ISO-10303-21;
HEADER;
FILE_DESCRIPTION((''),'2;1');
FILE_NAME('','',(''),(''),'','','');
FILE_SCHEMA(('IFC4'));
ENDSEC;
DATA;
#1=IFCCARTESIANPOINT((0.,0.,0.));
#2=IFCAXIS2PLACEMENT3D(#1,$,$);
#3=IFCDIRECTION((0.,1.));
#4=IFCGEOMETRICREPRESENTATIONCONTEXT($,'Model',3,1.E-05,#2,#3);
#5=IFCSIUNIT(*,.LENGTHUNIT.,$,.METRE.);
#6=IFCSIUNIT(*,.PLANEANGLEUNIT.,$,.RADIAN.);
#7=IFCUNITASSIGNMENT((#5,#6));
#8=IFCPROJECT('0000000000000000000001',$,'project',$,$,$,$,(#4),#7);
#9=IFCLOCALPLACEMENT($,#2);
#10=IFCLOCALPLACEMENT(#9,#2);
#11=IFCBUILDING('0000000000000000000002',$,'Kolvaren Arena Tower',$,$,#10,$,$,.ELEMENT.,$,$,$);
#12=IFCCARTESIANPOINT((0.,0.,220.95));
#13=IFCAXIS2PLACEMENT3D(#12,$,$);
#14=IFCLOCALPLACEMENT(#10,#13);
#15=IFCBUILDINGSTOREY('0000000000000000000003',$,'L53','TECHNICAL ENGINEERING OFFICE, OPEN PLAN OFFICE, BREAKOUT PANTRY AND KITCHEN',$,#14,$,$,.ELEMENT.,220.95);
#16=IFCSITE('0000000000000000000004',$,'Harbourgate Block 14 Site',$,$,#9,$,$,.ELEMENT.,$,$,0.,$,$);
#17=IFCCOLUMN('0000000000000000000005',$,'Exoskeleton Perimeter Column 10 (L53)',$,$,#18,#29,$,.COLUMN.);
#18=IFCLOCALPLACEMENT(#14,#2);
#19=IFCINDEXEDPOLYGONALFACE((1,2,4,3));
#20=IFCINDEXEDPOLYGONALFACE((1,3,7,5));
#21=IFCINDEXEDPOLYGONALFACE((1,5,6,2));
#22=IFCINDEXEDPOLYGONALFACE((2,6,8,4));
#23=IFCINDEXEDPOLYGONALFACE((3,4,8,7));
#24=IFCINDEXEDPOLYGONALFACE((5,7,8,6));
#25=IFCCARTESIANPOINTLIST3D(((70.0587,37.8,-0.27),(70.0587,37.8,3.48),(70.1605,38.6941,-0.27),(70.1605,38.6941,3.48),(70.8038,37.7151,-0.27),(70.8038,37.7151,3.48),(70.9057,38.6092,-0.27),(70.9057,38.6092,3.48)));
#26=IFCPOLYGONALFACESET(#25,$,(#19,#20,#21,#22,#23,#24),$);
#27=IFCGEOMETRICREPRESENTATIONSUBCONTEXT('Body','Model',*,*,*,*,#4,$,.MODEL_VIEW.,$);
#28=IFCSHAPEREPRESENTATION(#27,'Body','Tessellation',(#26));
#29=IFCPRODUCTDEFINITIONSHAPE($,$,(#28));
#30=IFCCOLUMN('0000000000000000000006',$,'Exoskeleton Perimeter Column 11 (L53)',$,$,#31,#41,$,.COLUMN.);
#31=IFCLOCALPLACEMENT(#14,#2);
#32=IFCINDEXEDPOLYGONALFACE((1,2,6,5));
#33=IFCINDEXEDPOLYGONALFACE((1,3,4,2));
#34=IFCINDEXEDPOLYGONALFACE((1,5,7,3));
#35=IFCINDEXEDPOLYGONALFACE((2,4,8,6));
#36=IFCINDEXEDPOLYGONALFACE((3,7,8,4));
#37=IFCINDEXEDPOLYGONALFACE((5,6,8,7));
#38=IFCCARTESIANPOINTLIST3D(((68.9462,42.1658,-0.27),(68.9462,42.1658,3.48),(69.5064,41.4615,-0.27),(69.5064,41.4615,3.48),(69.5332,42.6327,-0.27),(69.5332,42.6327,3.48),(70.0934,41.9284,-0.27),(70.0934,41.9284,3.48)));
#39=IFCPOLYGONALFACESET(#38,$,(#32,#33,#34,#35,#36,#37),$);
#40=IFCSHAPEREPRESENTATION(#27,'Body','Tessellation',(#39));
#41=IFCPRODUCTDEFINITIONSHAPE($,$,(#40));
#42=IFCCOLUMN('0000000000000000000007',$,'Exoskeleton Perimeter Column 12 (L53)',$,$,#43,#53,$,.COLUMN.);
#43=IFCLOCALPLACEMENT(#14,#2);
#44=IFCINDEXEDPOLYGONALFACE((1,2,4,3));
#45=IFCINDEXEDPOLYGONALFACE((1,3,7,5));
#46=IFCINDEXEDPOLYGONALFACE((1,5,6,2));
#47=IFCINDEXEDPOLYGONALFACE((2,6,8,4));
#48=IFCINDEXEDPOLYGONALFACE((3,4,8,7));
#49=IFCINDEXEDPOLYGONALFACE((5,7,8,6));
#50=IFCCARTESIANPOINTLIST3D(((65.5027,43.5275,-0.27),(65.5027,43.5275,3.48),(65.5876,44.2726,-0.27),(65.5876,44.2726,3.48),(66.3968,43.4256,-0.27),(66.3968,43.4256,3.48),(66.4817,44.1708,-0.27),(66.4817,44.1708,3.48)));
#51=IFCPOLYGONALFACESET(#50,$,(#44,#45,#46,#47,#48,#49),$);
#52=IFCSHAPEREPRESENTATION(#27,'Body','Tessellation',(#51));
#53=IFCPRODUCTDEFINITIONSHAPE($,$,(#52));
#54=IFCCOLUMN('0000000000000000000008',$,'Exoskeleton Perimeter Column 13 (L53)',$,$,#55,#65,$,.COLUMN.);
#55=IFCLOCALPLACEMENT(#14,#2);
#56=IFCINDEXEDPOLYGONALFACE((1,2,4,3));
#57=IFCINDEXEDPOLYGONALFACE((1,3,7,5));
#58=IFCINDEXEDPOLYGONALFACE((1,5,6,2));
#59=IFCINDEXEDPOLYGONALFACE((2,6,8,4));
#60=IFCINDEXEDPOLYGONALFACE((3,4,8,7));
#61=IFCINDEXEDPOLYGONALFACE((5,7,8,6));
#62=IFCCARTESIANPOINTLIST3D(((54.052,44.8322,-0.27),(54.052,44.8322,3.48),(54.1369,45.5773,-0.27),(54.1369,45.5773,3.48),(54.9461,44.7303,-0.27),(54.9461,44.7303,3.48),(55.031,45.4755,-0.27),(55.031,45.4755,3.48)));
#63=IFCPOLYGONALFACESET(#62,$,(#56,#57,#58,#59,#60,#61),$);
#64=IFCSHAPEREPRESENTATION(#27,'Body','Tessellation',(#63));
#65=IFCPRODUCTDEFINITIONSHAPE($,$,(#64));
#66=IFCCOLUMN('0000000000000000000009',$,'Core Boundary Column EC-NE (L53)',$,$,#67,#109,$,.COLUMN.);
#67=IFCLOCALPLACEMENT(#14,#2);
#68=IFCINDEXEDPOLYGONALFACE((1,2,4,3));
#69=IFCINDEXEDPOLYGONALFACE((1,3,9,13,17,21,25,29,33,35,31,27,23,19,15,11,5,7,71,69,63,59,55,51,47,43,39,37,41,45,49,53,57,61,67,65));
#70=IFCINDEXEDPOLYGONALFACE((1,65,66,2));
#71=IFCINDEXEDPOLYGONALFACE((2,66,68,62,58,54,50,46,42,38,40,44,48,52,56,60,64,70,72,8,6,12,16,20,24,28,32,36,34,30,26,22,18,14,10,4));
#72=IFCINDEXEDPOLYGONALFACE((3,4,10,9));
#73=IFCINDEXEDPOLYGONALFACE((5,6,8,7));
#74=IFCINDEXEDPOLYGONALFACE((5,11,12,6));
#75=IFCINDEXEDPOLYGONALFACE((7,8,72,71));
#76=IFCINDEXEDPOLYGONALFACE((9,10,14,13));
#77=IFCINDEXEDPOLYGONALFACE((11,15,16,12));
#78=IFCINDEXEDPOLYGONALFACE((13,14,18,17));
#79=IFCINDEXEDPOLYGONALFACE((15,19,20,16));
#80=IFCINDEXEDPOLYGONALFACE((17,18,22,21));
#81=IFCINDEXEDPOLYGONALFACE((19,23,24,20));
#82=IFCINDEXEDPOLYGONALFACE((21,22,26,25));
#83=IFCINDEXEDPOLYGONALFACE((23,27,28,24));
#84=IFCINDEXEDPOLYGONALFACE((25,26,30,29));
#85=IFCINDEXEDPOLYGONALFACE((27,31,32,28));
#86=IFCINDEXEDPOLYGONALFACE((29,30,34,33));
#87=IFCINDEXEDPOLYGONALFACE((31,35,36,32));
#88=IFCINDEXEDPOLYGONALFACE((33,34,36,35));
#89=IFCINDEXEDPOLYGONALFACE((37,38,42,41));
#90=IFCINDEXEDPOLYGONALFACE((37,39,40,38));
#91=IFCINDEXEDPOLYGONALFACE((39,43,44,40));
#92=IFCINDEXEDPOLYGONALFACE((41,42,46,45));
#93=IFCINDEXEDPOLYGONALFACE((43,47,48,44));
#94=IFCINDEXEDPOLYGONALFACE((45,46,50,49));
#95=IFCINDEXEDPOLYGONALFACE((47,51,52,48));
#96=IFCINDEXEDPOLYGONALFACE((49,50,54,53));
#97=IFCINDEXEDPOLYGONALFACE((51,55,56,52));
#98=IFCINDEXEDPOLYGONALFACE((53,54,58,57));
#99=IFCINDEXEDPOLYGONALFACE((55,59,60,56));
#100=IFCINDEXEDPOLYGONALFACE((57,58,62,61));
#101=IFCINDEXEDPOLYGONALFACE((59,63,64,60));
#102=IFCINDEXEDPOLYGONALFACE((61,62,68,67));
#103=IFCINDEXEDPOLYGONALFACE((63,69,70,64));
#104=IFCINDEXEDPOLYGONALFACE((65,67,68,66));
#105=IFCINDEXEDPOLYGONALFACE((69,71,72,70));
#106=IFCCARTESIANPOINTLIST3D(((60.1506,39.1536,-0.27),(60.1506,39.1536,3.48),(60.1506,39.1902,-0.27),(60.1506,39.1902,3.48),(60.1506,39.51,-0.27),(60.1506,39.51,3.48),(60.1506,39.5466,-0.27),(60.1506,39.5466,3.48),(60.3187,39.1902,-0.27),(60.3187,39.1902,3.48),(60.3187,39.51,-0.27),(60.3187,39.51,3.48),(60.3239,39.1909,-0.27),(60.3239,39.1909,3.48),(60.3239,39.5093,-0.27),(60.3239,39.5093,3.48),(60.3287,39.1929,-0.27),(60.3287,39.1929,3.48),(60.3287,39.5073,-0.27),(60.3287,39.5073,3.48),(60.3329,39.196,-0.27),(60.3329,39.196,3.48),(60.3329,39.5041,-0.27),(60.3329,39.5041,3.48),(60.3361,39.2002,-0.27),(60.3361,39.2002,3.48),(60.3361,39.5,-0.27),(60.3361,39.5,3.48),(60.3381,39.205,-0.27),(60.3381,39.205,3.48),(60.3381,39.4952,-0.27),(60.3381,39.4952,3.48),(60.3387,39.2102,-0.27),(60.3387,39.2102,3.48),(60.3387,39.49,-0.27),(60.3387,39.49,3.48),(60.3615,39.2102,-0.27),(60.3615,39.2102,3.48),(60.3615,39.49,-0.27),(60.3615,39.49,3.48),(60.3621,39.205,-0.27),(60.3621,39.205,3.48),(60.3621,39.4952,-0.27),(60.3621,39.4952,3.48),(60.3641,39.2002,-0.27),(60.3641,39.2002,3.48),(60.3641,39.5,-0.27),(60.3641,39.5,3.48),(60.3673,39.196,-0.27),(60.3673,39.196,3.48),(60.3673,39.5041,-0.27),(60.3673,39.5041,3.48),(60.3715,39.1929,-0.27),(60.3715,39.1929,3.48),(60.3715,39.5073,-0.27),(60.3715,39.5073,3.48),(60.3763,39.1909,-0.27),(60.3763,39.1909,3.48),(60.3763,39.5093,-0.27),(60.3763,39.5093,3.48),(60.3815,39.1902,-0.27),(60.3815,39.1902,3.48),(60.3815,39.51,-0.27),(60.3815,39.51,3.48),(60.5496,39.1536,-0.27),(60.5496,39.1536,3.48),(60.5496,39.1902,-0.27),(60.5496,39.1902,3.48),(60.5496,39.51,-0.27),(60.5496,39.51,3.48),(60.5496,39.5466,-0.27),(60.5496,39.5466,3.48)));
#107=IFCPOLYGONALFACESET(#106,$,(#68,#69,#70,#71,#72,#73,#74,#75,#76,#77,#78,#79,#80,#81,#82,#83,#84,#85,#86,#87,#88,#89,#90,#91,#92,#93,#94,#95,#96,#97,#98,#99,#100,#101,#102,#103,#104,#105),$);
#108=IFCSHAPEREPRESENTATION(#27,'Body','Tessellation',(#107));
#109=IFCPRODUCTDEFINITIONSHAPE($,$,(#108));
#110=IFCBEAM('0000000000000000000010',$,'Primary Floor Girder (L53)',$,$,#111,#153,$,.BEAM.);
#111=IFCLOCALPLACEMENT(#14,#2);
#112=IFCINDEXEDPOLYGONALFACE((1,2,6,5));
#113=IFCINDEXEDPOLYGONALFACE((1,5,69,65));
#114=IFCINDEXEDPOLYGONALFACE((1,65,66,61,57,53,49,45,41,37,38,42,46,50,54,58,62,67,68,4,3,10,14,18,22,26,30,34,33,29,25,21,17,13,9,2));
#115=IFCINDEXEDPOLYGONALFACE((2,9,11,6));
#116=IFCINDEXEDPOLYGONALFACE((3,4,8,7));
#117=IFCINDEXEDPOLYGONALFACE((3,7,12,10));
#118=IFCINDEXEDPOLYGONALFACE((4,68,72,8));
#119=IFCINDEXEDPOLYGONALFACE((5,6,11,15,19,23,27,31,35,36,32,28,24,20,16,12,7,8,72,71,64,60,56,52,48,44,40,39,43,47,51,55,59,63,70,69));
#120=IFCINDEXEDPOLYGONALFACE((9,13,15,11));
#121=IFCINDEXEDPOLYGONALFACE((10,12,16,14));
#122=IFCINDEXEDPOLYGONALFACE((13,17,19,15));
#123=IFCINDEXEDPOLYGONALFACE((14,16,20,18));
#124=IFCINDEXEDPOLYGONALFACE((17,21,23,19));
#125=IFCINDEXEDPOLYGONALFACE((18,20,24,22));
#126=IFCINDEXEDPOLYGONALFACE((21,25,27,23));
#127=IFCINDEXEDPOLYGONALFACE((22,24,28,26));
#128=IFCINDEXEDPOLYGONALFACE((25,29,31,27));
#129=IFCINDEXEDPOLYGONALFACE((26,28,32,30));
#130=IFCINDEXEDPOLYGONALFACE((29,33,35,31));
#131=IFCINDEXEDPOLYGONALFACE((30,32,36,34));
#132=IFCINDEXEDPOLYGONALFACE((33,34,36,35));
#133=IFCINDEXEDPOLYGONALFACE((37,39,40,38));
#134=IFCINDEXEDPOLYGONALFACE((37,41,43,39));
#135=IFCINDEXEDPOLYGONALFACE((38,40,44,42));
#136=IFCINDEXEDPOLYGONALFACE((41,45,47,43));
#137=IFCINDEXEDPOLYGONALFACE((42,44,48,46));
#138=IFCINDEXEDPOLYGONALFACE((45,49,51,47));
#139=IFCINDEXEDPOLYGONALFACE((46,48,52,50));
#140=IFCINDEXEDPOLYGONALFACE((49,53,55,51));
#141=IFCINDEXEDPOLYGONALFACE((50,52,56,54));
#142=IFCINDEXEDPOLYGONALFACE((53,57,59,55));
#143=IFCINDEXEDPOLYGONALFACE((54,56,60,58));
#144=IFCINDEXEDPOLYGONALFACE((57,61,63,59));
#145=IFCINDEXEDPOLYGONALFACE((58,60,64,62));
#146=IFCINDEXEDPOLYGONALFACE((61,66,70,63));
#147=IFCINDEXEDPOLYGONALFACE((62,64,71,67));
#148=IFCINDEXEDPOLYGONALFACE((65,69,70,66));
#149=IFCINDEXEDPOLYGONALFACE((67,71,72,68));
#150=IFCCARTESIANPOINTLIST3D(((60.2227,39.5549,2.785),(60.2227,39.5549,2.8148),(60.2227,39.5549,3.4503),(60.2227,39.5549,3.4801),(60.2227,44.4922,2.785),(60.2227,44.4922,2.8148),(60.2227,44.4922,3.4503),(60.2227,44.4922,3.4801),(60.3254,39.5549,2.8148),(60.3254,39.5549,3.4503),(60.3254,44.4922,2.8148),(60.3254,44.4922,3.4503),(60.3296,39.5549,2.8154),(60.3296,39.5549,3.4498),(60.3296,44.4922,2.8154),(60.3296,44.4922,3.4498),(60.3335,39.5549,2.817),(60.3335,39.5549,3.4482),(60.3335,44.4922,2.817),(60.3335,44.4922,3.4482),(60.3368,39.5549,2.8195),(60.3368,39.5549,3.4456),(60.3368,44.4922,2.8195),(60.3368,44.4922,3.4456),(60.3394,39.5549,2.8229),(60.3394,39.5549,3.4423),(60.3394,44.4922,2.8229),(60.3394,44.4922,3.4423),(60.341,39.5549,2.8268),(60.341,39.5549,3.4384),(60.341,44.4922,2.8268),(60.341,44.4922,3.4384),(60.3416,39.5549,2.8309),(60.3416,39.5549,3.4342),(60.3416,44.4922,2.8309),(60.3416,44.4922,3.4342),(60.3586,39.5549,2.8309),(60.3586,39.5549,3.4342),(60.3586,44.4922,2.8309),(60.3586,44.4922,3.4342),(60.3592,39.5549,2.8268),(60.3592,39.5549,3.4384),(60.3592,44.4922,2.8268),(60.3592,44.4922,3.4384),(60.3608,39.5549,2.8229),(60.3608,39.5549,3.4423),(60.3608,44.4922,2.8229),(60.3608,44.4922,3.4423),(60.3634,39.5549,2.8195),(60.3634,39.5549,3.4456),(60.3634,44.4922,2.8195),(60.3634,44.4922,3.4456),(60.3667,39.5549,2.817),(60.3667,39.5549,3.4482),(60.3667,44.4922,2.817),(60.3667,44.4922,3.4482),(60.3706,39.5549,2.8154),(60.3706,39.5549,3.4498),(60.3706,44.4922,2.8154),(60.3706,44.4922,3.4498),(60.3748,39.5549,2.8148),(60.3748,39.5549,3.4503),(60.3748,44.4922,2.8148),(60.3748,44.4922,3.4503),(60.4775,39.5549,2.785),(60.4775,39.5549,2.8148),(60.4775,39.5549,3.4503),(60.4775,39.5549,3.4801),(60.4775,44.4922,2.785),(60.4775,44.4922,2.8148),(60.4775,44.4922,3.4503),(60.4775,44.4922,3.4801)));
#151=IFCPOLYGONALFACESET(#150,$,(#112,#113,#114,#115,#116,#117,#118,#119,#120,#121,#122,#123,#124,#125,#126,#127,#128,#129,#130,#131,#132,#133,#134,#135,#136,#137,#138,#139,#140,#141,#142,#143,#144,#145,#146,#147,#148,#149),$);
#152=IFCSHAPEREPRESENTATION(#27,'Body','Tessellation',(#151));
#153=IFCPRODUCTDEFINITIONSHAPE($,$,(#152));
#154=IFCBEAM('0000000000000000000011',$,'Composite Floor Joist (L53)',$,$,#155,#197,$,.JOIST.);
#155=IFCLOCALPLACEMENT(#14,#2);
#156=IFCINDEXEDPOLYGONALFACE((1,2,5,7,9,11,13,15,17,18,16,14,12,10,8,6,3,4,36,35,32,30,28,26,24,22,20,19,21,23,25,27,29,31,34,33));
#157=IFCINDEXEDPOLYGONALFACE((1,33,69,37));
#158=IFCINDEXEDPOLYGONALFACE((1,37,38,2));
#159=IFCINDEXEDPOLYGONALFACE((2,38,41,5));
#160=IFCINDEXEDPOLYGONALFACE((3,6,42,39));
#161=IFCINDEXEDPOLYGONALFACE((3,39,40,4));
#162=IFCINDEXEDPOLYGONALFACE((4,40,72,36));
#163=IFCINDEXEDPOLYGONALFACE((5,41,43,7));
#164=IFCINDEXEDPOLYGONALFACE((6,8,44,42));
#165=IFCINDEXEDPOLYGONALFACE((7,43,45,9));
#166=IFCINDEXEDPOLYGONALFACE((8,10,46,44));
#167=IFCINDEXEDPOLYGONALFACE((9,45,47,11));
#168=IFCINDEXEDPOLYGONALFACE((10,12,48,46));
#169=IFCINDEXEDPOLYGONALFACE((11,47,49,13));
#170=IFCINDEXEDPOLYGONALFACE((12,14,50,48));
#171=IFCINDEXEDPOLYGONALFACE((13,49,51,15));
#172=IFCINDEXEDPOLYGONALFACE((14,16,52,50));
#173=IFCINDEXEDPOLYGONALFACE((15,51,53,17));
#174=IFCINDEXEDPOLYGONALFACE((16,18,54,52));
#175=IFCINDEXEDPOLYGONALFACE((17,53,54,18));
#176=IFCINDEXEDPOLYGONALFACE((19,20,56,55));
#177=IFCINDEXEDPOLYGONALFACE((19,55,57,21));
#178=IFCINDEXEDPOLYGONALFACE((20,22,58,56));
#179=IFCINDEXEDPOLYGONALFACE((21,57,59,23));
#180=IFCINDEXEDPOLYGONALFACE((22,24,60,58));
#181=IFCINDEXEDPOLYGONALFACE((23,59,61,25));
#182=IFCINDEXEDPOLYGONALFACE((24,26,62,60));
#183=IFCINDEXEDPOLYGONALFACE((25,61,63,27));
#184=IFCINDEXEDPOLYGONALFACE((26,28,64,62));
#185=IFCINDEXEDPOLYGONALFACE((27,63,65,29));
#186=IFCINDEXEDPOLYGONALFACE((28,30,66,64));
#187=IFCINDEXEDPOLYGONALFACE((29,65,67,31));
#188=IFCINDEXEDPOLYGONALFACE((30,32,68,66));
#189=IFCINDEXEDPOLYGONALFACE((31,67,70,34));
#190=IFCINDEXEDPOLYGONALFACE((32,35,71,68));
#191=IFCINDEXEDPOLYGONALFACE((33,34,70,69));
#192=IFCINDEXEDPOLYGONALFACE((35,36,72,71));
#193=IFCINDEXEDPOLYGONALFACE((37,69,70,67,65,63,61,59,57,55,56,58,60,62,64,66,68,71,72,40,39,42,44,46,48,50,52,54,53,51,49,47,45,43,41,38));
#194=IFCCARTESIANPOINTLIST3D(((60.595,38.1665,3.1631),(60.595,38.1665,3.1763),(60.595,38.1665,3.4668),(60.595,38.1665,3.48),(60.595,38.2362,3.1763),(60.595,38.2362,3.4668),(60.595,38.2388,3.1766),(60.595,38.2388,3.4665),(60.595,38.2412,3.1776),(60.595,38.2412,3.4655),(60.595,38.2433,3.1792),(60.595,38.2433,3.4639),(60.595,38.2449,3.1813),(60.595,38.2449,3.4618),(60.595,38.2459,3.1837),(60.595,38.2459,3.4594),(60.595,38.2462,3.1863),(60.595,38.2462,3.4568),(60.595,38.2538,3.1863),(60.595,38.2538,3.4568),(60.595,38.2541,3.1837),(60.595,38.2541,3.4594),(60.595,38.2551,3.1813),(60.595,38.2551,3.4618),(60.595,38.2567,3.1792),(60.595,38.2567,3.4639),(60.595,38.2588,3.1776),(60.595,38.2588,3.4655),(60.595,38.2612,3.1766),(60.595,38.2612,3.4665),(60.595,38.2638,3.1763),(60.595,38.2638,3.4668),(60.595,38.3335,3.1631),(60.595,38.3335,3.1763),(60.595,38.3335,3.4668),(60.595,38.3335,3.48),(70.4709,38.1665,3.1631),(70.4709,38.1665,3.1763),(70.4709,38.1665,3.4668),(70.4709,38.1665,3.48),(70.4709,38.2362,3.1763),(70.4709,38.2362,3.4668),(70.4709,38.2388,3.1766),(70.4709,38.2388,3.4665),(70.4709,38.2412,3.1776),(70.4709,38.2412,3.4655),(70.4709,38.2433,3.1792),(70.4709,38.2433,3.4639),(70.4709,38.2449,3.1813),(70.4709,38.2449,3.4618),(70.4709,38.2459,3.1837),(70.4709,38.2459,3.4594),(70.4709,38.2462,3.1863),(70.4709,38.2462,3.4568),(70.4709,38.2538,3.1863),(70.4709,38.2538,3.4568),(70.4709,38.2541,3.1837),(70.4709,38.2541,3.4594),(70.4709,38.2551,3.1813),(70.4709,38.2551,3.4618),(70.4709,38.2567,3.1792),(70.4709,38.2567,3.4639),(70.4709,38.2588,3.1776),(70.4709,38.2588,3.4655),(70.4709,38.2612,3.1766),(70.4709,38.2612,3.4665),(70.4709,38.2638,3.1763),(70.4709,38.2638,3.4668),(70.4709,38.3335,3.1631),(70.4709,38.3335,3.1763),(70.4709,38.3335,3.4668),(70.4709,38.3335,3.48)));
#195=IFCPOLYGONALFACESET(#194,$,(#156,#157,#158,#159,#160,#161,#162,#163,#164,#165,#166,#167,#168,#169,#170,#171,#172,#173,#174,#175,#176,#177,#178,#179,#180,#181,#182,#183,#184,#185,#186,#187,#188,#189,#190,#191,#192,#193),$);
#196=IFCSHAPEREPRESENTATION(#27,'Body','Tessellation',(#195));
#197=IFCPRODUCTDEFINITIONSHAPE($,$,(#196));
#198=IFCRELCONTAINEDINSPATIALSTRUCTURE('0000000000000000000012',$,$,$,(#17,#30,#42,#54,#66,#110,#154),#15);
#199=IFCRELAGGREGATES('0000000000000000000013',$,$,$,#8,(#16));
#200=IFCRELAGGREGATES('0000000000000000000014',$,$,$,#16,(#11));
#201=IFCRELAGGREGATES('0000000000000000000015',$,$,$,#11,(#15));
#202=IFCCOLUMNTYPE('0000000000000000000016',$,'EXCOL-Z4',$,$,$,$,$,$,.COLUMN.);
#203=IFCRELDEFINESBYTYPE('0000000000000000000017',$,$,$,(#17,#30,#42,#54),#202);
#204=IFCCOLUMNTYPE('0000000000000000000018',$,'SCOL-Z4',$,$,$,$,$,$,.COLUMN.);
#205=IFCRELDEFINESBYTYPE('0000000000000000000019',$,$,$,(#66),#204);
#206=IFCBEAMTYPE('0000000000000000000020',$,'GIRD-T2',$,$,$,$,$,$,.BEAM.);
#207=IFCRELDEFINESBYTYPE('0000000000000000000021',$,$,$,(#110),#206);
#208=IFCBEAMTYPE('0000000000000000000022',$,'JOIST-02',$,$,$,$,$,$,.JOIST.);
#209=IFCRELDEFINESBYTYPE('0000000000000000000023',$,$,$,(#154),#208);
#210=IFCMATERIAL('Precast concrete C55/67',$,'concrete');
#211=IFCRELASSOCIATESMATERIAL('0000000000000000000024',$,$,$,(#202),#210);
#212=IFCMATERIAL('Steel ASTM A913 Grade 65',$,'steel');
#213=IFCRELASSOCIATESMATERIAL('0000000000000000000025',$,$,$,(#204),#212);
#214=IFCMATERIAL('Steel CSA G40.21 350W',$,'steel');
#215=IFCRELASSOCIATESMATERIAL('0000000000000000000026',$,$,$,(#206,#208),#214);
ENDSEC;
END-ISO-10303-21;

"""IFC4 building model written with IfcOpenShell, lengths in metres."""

from ifc_helpers import new_model, si_unit, direction, frame, origin, origin_2d, place, context, subcontext, project, spatial, rectangle, i_section, extrude, material, material_profile, profile_set, type_object, element, save


model = new_model("IFC4")

# Units and contexts
model_context = context("Model", 3, precision=1e-05, world=origin(), true_north=direction((0.0, 1.0)))
body_context = subcontext(model_context, "Body", "Model", "MODEL_VIEW")
ifc_project = project(units=[si_unit("LENGTHUNIT", "METRE"), si_unit("PLANEANGLEUNIT", "RADIAN")], contexts=[model_context])

# Site, building, storey
site_placement = place(None, origin())
site = spatial("IfcSite", under=ifc_project, at=site_placement, Name="Harbourgate Block 14 Site", CompositionType="ELEMENT", RefElevation=0.0)
building_placement = place(site_placement, origin())
building = spatial("IfcBuilding", under=site, at=building_placement, Name="Kolvaren Arena Tower", CompositionType="ELEMENT")
storey_placement = place(building_placement, frame((0.0, 0.0, 220.95)))
storey = spatial("IfcBuildingStorey", under=building, at=storey_placement, Name="L53", Description="TECHNICAL ENGINEERING OFFICE, OPEN PLAN OFFICE, BREAKOUT PANTRY AND KITCHEN", CompositionType="ELEMENT", Elevation=220.95)

# Columns
ifc_material_1 = material(Name="Precast concrete C55/67", Category="concrete")
ifc_material_profile_1 = material_profile(ifc_material_1, rectangle(XDim=0.8999, YDim=0.75, at=origin_2d()), Name="RC-900x750")
ifc_profile_set_1 = profile_set([ifc_material_profile_1], Name="Precast concrete C55/67")
column_type_1 = type_object("IfcColumnType", Name="EXCOL-Z4", PredefinedType="COLUMN", material=ifc_profile_set_1)
for number, where, z_axis, x_axis, name in (
    (1, (70.4822, 38.2046, -0.27), (0.0, 0.0, 1.0), (0.113203, 0.993572, 0.0), "Exoskeleton Perimeter Column 10 (L53)"),
    (2, (69.5198, 42.0471, -0.27), (0.0, 0.0, 1.0), (-0.622515, 0.782608, 0.0), "Exoskeleton Perimeter Column 11 (L53)"),
    (3, (65.9922, 43.8491, -0.27), (0.0, 0.0, 1.0), (0.993572, -0.113203, 0.0), "Exoskeleton Perimeter Column 12 (L53)"),
    (4, (54.5415, 45.1538, -0.27), (0.0, 0.0, 1.0), (0.993572, -0.113203, 0.0), "Exoskeleton Perimeter Column 13 (L53)"),
):
    element("IfcColumn", number, at=place(storey_placement, frame(where, z_axis=z_axis, x_axis=x_axis)), inside=storey, type_object=column_type_1, Name=name, PredefinedType="COLUMN", context=body_context, shape_type="SweptSolid", body=[
        extrude(rectangle(XDim=0.8999, YDim=0.75, at=origin_2d()), origin(), (0.0, 0.0, 1.0), 3.75),
    ])
ifc_material_2 = material(Name="Steel ASTM A913 Grade 65", Category="steel")
ifc_material_profile_2 = material_profile(ifc_material_2, i_section(OverallWidth=0.3989, OverallDepth=0.3931, WebThickness=0.0227, FlangeThickness=0.0366, FilletRadius=0.02, at=origin_2d()), Name="W360x287")
ifc_profile_set_2 = profile_set([ifc_material_profile_2], Name="Steel ASTM A913 Grade 65")
column_type_2 = type_object("IfcColumnType", Name="SCOL-Z4", PredefinedType="COLUMN", material=ifc_profile_set_2)
column_placement = place(storey_placement, frame((60.3501, 39.3501, -0.27), z_axis=(0.0, 0.0, 1.0), x_axis=(1.0, 0.0, 0.0)))
element("IfcColumn", 5, at=column_placement, inside=storey, type_object=column_type_2, Name="Core Boundary Column EC-NE (L53)", PredefinedType="COLUMN", context=body_context, shape_type="SweptSolid", body=[
    extrude(i_section(OverallWidth=0.3989, OverallDepth=0.3931, WebThickness=0.0227, FlangeThickness=0.0366, FilletRadius=0.02, at=origin_2d()), origin(), (0.0, 0.0, 1.0), 3.75),
])

# Beams
ifc_material_3 = material(Name="Steel CSA G40.21 350W", Category="steel")
ifc_material_profile_3 = material_profile(ifc_material_3, i_section(OverallWidth=0.2549, OverallDepth=0.6951, WebThickness=0.0171, FlangeThickness=0.0298, FilletRadius=0.0161, at=origin_2d()), Name="W690x217")
ifc_profile_set_3 = profile_set([ifc_material_profile_3], Name="Steel CSA G40.21 350W")
beam_type_1 = type_object("IfcBeamType", Name="GIRD-T2", PredefinedType="BEAM", material=ifc_profile_set_3)
beam_1_placement = place(storey_placement, frame((60.3501, 39.5549, 3.1326), z_axis=(0.0, 1.0, 0.0), x_axis=(-1.0, 0.0, 0.0)))
element("IfcBeam", 6, at=beam_1_placement, inside=storey, type_object=beam_type_1, Name="Primary Floor Girder (L53)", PredefinedType="BEAM", context=body_context, shape_type="SweptSolid", body=[
    extrude(i_section(OverallWidth=0.2549, OverallDepth=0.6951, WebThickness=0.0171, FlangeThickness=0.0298, FilletRadius=0.0161, at=origin_2d()), origin(), (0.0, 0.0, 1.0), 4.9373),
])
ifc_material_profile_4 = material_profile(ifc_material_3, i_section(OverallWidth=0.167, OverallDepth=0.3169, WebThickness=0.0076, FlangeThickness=0.0132, FilletRadius=0.01, at=origin_2d()), Name="W310x52")
ifc_profile_set_4 = profile_set([ifc_material_profile_4], Name="Steel CSA G40.21 350W")
beam_type_2 = type_object("IfcBeamType", Name="JOIST-02", PredefinedType="JOIST", material=ifc_profile_set_4)
beam_2_placement = place(storey_placement, frame((60.595, 38.25, 3.3215), z_axis=(1.0, 0.0, 0.0), x_axis=(0.0, 1.0, 0.0)))
element("IfcBeam", 7, at=beam_2_placement, inside=storey, type_object=beam_type_2, Name="Composite Floor Joist (L53)", PredefinedType="JOIST", context=body_context, shape_type="SweptSolid", body=[
    extrude(i_section(OverallWidth=0.167, OverallDepth=0.3169, WebThickness=0.0076, FlangeThickness=0.0132, FilletRadius=0.01, at=origin_2d()), origin(), (0.0, 0.0, 1.0), 9.876),
])

save(model, "model.ifc")
